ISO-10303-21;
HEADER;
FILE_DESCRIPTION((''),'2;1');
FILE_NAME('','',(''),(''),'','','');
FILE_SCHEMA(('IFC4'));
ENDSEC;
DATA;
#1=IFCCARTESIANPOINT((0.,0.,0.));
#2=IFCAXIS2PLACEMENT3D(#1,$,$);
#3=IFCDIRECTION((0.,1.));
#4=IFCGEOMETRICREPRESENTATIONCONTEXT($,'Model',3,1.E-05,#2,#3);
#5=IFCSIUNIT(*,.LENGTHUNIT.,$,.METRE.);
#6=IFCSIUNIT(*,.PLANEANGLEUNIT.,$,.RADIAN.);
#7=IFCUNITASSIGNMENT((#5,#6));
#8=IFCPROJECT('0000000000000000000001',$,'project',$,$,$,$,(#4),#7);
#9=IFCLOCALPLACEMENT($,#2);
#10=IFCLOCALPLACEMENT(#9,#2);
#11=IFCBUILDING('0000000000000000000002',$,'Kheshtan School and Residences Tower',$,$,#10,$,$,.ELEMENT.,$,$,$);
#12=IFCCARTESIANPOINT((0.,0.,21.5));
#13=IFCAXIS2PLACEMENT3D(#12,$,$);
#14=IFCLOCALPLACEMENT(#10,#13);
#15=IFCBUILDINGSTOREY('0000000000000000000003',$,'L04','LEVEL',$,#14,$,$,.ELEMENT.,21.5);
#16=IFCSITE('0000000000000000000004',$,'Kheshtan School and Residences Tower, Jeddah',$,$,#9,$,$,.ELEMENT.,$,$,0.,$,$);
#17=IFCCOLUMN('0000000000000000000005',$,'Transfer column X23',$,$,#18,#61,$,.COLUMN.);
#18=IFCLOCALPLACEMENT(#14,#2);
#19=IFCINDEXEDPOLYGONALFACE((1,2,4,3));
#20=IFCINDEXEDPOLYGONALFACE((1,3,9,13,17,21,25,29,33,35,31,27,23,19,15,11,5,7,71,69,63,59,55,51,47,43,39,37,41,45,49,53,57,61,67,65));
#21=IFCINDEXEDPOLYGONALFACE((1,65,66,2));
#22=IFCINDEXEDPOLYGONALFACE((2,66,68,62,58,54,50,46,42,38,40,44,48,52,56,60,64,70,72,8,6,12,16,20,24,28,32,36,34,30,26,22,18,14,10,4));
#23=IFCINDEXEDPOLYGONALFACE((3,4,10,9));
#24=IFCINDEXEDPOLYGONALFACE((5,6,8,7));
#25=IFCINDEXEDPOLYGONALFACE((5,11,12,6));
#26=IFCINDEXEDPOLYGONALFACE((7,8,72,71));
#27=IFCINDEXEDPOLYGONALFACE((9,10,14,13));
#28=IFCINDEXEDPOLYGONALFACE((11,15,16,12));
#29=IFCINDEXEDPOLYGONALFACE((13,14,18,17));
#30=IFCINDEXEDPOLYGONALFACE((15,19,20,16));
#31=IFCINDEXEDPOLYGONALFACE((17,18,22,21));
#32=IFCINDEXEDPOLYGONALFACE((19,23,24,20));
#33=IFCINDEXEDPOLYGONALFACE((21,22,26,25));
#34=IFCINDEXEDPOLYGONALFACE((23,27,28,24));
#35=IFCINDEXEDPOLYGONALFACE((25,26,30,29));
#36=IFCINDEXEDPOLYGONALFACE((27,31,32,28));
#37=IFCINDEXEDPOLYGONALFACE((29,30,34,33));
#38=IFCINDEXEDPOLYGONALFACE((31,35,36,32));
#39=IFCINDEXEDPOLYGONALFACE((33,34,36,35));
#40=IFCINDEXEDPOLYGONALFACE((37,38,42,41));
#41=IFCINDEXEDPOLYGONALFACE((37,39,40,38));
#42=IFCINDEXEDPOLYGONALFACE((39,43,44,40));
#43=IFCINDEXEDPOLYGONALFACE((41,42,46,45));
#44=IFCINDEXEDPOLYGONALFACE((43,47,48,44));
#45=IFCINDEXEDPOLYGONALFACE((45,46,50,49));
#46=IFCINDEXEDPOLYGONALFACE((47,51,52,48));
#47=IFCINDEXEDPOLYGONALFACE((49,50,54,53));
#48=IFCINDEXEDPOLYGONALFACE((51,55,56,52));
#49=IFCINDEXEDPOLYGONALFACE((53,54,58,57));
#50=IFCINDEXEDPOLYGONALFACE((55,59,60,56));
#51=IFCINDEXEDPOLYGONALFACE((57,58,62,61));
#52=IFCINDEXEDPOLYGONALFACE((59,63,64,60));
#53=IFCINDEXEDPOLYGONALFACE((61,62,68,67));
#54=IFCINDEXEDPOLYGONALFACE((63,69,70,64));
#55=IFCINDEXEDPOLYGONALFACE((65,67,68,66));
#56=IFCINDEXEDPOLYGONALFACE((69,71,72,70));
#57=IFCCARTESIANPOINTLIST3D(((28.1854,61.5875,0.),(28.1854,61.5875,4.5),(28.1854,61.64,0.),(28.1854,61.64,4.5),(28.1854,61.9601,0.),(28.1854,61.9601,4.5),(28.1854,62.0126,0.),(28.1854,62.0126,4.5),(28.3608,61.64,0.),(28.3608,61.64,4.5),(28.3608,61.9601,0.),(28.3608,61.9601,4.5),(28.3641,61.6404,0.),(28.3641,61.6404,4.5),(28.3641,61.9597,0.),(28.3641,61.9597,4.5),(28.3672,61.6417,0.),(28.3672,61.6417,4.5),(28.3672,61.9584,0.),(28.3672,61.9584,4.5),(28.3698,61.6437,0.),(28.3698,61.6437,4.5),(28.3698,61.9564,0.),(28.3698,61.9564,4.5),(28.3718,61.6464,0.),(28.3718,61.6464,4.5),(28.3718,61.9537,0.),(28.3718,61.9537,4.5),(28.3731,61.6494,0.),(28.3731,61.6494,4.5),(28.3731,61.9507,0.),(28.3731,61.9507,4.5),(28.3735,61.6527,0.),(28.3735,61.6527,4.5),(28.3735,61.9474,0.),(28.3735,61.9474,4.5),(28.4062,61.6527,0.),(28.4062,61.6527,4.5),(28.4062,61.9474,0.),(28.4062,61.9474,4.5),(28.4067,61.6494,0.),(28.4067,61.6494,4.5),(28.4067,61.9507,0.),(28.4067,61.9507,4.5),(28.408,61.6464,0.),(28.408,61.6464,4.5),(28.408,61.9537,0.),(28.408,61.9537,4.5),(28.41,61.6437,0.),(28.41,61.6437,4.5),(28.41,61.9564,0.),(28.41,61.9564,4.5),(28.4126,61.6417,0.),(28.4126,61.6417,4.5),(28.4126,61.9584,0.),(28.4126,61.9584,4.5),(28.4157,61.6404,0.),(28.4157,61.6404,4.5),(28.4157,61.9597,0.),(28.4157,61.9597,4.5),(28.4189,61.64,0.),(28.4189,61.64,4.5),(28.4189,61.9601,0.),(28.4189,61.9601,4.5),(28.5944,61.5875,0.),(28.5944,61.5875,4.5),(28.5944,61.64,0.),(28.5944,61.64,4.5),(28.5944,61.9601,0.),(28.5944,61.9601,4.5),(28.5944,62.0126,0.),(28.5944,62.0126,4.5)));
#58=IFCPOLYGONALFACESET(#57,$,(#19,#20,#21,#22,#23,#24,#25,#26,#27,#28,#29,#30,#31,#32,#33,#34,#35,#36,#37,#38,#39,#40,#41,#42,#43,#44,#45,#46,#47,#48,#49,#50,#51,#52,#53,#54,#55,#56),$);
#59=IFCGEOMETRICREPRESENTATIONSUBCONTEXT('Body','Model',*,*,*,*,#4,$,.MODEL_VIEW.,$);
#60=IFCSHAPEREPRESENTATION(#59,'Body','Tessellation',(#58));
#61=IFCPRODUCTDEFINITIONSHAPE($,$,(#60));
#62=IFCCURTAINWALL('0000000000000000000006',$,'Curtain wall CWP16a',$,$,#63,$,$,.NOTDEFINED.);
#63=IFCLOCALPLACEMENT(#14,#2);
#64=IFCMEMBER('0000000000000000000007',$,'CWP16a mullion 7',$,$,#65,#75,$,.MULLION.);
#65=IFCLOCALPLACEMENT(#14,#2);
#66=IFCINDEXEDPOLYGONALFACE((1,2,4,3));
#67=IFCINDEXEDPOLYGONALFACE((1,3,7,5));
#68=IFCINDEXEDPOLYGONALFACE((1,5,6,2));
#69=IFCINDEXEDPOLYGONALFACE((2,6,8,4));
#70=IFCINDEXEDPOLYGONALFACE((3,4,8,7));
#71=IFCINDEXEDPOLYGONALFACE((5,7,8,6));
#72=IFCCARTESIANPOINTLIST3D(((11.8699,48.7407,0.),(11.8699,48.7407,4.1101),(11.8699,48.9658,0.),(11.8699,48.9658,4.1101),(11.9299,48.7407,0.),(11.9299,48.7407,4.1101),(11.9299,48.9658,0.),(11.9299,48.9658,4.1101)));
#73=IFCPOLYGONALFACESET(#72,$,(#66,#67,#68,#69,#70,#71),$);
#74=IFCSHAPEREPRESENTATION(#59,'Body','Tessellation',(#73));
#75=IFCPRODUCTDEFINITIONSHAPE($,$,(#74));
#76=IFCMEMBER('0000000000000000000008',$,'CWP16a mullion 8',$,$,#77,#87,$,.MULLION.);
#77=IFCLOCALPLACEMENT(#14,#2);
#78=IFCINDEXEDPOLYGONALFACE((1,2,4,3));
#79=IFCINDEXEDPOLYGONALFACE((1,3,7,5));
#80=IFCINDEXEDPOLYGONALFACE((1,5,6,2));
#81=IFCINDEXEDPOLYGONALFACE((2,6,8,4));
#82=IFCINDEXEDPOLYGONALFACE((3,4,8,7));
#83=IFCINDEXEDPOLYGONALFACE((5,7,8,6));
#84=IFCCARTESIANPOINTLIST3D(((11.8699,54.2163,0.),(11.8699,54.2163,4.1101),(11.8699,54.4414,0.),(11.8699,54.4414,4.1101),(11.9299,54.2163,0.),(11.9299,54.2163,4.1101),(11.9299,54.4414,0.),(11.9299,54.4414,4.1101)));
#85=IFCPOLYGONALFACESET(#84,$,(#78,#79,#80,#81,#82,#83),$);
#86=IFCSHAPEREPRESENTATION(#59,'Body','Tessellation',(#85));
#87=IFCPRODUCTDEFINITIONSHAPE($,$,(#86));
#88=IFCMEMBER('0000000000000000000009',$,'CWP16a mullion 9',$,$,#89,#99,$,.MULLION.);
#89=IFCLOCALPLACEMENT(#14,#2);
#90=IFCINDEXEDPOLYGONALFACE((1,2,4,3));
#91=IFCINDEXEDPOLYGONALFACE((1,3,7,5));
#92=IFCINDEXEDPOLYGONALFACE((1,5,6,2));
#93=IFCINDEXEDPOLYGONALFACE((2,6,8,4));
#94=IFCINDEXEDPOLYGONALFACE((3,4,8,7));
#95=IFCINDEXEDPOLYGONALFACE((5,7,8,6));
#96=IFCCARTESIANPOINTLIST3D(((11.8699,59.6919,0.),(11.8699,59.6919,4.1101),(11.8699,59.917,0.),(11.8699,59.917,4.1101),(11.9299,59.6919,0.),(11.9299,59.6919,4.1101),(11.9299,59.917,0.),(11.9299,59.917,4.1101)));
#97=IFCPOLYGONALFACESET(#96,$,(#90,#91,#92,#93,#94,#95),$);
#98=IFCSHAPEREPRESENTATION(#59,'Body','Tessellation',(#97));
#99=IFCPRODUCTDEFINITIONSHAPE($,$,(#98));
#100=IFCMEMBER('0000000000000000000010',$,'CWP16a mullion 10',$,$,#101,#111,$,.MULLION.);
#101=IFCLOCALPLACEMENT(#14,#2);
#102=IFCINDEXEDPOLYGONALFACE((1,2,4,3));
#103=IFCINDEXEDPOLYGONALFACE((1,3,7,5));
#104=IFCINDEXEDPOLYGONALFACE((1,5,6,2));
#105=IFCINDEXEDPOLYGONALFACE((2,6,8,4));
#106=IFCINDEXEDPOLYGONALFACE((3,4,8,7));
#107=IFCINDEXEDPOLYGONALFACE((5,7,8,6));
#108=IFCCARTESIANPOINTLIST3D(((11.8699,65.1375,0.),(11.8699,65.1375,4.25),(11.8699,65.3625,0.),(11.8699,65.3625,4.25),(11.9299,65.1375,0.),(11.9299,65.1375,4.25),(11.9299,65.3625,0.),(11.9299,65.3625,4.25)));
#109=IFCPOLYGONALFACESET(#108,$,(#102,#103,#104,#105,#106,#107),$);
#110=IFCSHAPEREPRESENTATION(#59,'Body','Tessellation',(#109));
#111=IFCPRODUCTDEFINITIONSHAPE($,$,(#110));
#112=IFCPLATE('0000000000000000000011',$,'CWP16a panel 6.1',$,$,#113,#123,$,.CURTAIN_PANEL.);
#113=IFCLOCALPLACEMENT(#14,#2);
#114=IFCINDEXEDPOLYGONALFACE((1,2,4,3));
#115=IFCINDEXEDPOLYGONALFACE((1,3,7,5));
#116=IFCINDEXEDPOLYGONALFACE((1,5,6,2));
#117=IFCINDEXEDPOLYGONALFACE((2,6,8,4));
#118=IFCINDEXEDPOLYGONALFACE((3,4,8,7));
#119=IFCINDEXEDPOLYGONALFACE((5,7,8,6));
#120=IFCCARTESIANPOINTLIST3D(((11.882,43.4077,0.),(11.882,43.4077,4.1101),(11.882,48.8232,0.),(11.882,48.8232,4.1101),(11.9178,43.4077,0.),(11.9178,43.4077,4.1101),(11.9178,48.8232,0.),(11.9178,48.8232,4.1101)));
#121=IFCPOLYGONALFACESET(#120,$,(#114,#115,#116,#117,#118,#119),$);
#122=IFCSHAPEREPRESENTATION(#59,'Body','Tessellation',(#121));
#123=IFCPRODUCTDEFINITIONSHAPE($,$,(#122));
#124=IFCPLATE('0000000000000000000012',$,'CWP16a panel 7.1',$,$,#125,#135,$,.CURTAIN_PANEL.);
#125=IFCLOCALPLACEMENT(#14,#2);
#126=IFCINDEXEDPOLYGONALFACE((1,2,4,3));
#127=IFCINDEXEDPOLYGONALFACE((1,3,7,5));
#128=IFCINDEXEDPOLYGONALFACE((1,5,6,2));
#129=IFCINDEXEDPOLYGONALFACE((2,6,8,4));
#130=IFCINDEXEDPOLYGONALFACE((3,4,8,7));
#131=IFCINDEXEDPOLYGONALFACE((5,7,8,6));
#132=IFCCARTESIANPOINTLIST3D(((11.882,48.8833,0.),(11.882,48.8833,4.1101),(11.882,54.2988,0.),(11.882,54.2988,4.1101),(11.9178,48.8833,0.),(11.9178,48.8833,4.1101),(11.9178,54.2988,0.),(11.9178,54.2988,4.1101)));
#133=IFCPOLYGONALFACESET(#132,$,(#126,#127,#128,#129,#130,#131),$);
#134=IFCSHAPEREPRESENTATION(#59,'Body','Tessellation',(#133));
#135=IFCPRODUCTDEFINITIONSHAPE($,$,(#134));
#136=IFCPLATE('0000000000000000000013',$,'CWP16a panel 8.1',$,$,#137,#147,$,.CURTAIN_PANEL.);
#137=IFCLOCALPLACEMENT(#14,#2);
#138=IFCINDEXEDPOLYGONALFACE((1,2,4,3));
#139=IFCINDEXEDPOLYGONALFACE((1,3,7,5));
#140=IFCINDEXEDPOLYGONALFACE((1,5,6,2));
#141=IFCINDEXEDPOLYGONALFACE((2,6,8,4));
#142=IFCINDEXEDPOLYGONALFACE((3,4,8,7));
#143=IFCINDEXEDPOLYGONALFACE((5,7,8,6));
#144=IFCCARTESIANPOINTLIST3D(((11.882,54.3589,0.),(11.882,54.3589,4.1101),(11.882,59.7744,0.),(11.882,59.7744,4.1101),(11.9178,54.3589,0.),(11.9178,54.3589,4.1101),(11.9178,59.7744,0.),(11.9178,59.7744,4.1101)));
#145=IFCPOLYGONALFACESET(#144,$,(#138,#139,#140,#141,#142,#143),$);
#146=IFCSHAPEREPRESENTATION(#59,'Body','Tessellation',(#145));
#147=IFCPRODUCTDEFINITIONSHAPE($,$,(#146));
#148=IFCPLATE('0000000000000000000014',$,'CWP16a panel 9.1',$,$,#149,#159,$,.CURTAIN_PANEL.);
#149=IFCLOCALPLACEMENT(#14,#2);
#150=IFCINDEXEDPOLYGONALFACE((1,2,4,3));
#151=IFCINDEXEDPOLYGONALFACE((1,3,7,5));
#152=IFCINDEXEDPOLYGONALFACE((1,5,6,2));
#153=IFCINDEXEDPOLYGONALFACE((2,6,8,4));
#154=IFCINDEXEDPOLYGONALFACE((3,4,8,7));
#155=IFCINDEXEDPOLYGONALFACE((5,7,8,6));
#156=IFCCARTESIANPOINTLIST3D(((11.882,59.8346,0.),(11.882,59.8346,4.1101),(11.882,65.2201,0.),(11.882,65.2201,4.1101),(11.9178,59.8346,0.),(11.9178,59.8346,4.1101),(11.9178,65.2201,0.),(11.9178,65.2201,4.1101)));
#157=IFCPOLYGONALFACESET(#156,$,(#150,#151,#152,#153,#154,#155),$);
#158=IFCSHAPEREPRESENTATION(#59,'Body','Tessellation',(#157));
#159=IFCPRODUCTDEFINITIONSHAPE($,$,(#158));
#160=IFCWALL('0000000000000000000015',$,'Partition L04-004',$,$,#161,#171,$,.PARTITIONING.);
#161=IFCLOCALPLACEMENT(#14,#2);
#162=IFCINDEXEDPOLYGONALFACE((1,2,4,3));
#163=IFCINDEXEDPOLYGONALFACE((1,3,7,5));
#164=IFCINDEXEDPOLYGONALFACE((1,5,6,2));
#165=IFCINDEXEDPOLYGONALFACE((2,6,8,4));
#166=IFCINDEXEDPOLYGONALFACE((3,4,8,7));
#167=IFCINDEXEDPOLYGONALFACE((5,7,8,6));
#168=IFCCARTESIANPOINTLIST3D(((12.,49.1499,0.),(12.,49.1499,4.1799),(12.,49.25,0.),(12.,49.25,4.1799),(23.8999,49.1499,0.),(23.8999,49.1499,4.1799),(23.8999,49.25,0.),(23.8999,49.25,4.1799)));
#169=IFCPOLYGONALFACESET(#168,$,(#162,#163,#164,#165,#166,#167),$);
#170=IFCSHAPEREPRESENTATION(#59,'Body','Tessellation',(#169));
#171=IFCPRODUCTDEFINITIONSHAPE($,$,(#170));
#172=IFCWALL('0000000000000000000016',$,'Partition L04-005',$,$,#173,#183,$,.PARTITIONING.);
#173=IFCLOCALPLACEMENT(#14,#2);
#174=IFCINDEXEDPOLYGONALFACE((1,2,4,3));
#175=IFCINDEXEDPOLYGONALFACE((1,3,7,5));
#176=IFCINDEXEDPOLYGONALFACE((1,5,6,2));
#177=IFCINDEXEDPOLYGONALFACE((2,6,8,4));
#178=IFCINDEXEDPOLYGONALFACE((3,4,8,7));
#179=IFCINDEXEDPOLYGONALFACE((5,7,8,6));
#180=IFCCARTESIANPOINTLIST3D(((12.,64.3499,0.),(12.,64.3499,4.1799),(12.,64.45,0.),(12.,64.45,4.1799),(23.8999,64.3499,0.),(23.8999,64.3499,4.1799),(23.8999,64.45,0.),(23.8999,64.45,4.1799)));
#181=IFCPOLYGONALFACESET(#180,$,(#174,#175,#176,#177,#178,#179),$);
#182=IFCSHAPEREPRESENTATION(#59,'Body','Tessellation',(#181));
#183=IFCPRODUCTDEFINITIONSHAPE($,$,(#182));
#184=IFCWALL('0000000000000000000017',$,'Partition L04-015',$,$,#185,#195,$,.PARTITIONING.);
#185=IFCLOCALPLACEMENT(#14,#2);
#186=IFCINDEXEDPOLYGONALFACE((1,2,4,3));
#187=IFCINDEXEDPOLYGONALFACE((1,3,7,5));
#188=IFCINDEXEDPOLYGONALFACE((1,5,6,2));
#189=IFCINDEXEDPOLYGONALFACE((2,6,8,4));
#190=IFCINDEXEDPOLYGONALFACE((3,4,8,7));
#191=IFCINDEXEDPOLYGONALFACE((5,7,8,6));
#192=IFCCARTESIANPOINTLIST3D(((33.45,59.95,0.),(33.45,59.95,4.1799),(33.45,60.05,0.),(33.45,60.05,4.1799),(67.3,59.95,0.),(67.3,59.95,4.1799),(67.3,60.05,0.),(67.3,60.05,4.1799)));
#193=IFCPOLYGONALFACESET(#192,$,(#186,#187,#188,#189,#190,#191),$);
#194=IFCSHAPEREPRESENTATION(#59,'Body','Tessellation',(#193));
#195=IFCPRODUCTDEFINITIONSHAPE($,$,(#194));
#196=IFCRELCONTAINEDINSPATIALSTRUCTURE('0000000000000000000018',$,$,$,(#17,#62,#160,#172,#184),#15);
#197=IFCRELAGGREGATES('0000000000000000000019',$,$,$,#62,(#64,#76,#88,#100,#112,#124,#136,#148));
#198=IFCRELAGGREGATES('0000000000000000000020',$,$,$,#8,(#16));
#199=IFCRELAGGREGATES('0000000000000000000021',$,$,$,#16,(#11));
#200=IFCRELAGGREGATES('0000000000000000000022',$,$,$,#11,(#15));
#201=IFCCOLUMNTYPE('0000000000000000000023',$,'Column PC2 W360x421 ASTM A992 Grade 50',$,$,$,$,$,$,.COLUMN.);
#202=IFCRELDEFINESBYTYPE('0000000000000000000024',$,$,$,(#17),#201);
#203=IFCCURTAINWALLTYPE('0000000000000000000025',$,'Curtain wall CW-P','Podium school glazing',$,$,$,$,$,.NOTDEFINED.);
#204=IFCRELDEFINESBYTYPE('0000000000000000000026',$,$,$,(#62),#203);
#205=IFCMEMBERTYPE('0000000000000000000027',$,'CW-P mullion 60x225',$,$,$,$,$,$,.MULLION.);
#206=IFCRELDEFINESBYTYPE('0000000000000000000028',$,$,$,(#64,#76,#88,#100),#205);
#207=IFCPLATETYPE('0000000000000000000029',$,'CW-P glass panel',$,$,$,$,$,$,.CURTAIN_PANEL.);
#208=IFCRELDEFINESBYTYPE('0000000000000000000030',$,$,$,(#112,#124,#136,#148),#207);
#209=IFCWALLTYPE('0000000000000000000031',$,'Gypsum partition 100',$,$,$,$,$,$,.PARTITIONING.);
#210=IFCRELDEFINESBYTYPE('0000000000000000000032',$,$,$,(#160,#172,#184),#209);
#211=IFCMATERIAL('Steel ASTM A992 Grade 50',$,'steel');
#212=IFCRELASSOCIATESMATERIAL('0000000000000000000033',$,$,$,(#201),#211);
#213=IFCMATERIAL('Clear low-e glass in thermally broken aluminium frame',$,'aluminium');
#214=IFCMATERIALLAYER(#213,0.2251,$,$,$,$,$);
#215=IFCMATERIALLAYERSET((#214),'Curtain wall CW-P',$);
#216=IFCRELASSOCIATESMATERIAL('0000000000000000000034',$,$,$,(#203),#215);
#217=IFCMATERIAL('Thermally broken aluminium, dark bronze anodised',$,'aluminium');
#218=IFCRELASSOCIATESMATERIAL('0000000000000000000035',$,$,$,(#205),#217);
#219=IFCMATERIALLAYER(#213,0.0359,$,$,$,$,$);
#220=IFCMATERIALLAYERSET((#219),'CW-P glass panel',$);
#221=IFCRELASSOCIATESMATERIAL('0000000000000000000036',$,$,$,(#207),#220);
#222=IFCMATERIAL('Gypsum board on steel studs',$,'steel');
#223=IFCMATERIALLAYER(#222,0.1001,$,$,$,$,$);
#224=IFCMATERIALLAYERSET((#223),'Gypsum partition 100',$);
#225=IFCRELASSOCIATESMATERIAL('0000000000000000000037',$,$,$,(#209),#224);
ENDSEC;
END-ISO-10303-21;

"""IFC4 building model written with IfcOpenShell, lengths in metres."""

from ifc_helpers import new_model, si_unit, direction, frame, frame_2d, origin, origin_2d, place, context, subcontext, project, spatial, rectangle, i_section, extrude, material, layer, layer_set, material_profile, profile_set, type_object, element, aggregate, save


model = new_model("IFC4")

# Units and contexts
model_context = context("Model", 3, precision=1e-05, world=origin(), true_north=direction((0.0, 1.0)))
body_context = subcontext(model_context, "Body", "Model", "MODEL_VIEW")
ifc_project = project(units=[si_unit("LENGTHUNIT", "METRE"), si_unit("PLANEANGLEUNIT", "RADIAN")], contexts=[model_context])

# Site, building, storey
site_placement = place(None, origin())
site = spatial("IfcSite", under=ifc_project, at=site_placement, Name="Kheshtan School and Residences Tower, Jeddah", CompositionType="ELEMENT", RefElevation=0.0)
building_placement = place(site_placement, origin())
building = spatial("IfcBuilding", under=site, at=building_placement, Name="Kheshtan School and Residences Tower", CompositionType="ELEMENT")
storey_placement = place(building_placement, frame((0.0, 0.0, 21.5)))
storey = spatial("IfcBuildingStorey", under=building, at=storey_placement, Name="L04", Description="LEVEL", CompositionType="ELEMENT", Elevation=21.5)

# Column
ifc_material_1 = material(Name="Steel ASTM A992 Grade 50", Category="steel")
ifc_material_profile_1 = material_profile(ifc_material_1, i_section(OverallWidth=0.4089, OverallDepth=0.425, WebThickness=0.0327, FlangeThickness=0.0525, FilletRadius=0.0127, at=origin_2d()), Name="W360x421")
ifc_profile_set_1 = profile_set([ifc_material_profile_1], Name="Steel ASTM A992 Grade 50")
column_type = type_object("IfcColumnType", Name="Column PC2 W360x421 ASTM A992 Grade 50", PredefinedType="COLUMN", material=ifc_profile_set_1)
for number, where, z_axis, x_axis, name in (
    (1, (28.3899, 61.8, 0.0), (0.0, 0.0, 1.0), (1.0, 0.0, 0.0), "Transfer column X23"),
):
    element("IfcColumn", number, at=place(storey_placement, frame(where, z_axis=z_axis, x_axis=x_axis)), inside=storey, type_object=column_type, Name=name, PredefinedType="COLUMN", context=body_context, shape_type="SweptSolid", body=[
        extrude(i_section(OverallWidth=0.4089, OverallDepth=0.425, WebThickness=0.0327, FlangeThickness=0.0525, FilletRadius=0.0127, at=origin_2d()), origin(), (0.0, 0.0, 1.0), 4.5),
    ])

# Curtain wall, members, plates
ifc_material_2 = material(Name="Clear low-e glass in thermally broken aluminium frame", Category="aluminium")
ifc_layer_1 = layer(ifc_material_2, 0.2251)
ifc_layer_set_1 = layer_set([ifc_layer_1], Name="Curtain wall CW-P")
curtain_wall_type = type_object("IfcCurtainWallType", Name="Curtain wall CW-P", Description="Podium school glazing", PredefinedType="NOTDEFINED", material=ifc_layer_set_1)
curtain_wall_placement = place(storey_placement, origin())
curtain_wall = element("IfcCurtainWall", 2, at=curtain_wall_placement, inside=storey, type_object=curtain_wall_type, Name="Curtain wall CWP16a", PredefinedType="NOTDEFINED")
ifc_material_3 = material(Name="Thermally broken aluminium, dark bronze anodised", Category="aluminium")
ifc_material_profile_2 = material_profile(ifc_material_3, rectangle(XDim=0.0601, YDim=0.2251, at=origin_2d()), Name="CW-P mullion 60x225")
ifc_profile_set_2 = profile_set([ifc_material_profile_2], Name="Thermally broken aluminium, dark bronze anodised")
member_type = type_object("IfcMemberType", Name="CW-P mullion 60x225", PredefinedType="MULLION", material=ifc_profile_set_2)
member_1_placement = place(storey_placement, frame((11.8999, 48.8533, 0.0), z_axis=(0.0, 0.0, 1.0), x_axis=(-1.0, 0.0, 0.0)))
member_1 = element("IfcMember", 3, at=member_1_placement, type_object=member_type, Name="CWP16a mullion 7", PredefinedType="MULLION", context=body_context, shape_type="SweptSolid", body=[
    extrude(rectangle(XDim=0.0601, YDim=0.2251, at=origin_2d()), origin(), (0.0, 0.0, 1.0), 4.1101),
])
member_2_placement = place(storey_placement, frame((11.8999, 54.3289, 0.0), z_axis=(0.0, 0.0, 1.0), x_axis=(-1.0, 0.0, 0.0)))
member_2 = element("IfcMember", 4, at=member_2_placement, type_object=member_type, Name="CWP16a mullion 8", PredefinedType="MULLION", context=body_context, shape_type="SweptSolid", body=[
    extrude(rectangle(XDim=0.0601, YDim=0.2251, at=origin_2d()), origin(), (0.0, 0.0, 1.0), 4.1101),
])
member_3_placement = place(storey_placement, frame((11.8999, 59.8044, 0.0), z_axis=(0.0, 0.0, 1.0), x_axis=(-1.0, 0.0, 0.0)))
member_3 = element("IfcMember", 5, at=member_3_placement, type_object=member_type, Name="CWP16a mullion 9", PredefinedType="MULLION", context=body_context, shape_type="SweptSolid", body=[
    extrude(rectangle(XDim=0.0601, YDim=0.2251, at=origin_2d()), origin(), (0.0, 0.0, 1.0), 4.1101),
])
member_4_placement = place(storey_placement, frame((11.8999, 65.25, 0.0), z_axis=(0.0, 0.0, 1.0), x_axis=(-1.0, 0.0, 0.0)))
member_4 = element("IfcMember", 6, at=member_4_placement, type_object=member_type, Name="CWP16a mullion 10", PredefinedType="MULLION", context=body_context, shape_type="SweptSolid", body=[
    extrude(rectangle(XDim=0.0601, YDim=0.2251, at=origin_2d()), origin(), (0.0, 0.0, 1.0), 4.25),
])
ifc_layer_2 = layer(ifc_material_2, 0.0359)
ifc_layer_set_2 = layer_set([ifc_layer_2], Name="CW-P glass panel")
plate_type = type_object("IfcPlateType", Name="CW-P glass panel", PredefinedType="CURTAIN_PANEL", material=ifc_layer_set_2)
plate_1_placement = place(storey_placement, frame((11.8999, 46.1155, 0.0), z_axis=(0.0, 0.0, 1.0), x_axis=(0.0, 1.0, 0.0)))
plate_1 = element("IfcPlate", 7, at=plate_1_placement, type_object=plate_type, Name="CWP16a panel 6.1", PredefinedType="CURTAIN_PANEL", context=body_context, shape_type="SweptSolid", body=[
    extrude(rectangle(XDim=5.4155, YDim=0.0359, at=origin_2d()), origin(), (0.0, 0.0, 1.0), 4.1101),
])
plate_2_placement = place(storey_placement, frame((11.8999, 51.5911, 0.0), z_axis=(0.0, 0.0, 1.0), x_axis=(0.0, 1.0, 0.0)))
plate_2 = element("IfcPlate", 8, at=plate_2_placement, type_object=plate_type, Name="CWP16a panel 7.1", PredefinedType="CURTAIN_PANEL", context=body_context, shape_type="SweptSolid", body=[
    extrude(rectangle(XDim=5.4155, YDim=0.0359, at=origin_2d()), origin(), (0.0, 0.0, 1.0), 4.1101),
])
plate_3_placement = place(storey_placement, frame((11.8999, 57.0667, 0.0), z_axis=(0.0, 0.0, 1.0), x_axis=(0.0, 1.0, 0.0)))
plate_3 = element("IfcPlate", 9, at=plate_3_placement, type_object=plate_type, Name="CWP16a panel 8.1", PredefinedType="CURTAIN_PANEL", context=body_context, shape_type="SweptSolid", body=[
    extrude(rectangle(XDim=5.4155, YDim=0.0359, at=origin_2d()), origin(), (0.0, 0.0, 1.0), 4.1101),
])
plate_4_placement = place(storey_placement, frame((11.8999, 62.5273, 0.0), z_axis=(0.0, 0.0, 1.0), x_axis=(0.0, 1.0, 0.0)))
plate_4 = element("IfcPlate", 10, at=plate_4_placement, type_object=plate_type, Name="CWP16a panel 9.1", PredefinedType="CURTAIN_PANEL", context=body_context, shape_type="SweptSolid", body=[
    extrude(rectangle(XDim=5.3855, YDim=0.0359, at=origin_2d()), origin(), (0.0, 0.0, 1.0), 4.1101),
])
aggregate(curtain_wall, [member_1, member_2, member_3, member_4, plate_1, plate_2, plate_3, plate_4])

# Walls
ifc_material_4 = material(Name="Gypsum board on steel studs", Category="steel")
ifc_layer_3 = layer(ifc_material_4, 0.1001)
ifc_layer_set_3 = layer_set([ifc_layer_3], Name="Gypsum partition 100")
wall_type_1 = type_object("IfcWallType", Name="Gypsum partition 100", PredefinedType="PARTITIONING", material=ifc_layer_set_3)
for number, where, z_axis, x_axis, name in (
    (11, (12.0, 49.2, 0.0), (0.0, 0.0, 1.0), (1.0, 0.0, 0.0), "Partition L04-004"),
    (12, (12.0, 64.3999, 0.0), (0.0, 0.0, 1.0), (1.0, 0.0, 0.0), "Partition L04-005"),
):
    element("IfcWall", number, at=place(storey_placement, frame(where, z_axis=z_axis, x_axis=x_axis)), inside=storey, type_object=wall_type_1, Name=name, PredefinedType="PARTITIONING", context=body_context, shape_type="SweptSolid", body=[
        extrude(rectangle(XDim=11.8999, YDim=0.1001, at=frame_2d((5.95, 0.0))), origin(), (0.0, 0.0, 1.0), 4.1799),
    ])
wall_1_placement = place(storey_placement, frame((33.45, 60.0, 0.0), z_axis=(0.0, 0.0, 1.0), x_axis=(1.0, 0.0, 0.0)))
element("IfcWall", 13, at=wall_1_placement, inside=storey, type_object=wall_type_1, Name="Partition L04-015", PredefinedType="PARTITIONING", context=body_context, shape_type="SweptSolid", body=[
    extrude(rectangle(XDim=33.8501, YDim=0.1001, at=frame_2d((16.925, 0.0))), origin(), (0.0, 0.0, 1.0), 4.1799),
])

save(model, "model.ifc")
